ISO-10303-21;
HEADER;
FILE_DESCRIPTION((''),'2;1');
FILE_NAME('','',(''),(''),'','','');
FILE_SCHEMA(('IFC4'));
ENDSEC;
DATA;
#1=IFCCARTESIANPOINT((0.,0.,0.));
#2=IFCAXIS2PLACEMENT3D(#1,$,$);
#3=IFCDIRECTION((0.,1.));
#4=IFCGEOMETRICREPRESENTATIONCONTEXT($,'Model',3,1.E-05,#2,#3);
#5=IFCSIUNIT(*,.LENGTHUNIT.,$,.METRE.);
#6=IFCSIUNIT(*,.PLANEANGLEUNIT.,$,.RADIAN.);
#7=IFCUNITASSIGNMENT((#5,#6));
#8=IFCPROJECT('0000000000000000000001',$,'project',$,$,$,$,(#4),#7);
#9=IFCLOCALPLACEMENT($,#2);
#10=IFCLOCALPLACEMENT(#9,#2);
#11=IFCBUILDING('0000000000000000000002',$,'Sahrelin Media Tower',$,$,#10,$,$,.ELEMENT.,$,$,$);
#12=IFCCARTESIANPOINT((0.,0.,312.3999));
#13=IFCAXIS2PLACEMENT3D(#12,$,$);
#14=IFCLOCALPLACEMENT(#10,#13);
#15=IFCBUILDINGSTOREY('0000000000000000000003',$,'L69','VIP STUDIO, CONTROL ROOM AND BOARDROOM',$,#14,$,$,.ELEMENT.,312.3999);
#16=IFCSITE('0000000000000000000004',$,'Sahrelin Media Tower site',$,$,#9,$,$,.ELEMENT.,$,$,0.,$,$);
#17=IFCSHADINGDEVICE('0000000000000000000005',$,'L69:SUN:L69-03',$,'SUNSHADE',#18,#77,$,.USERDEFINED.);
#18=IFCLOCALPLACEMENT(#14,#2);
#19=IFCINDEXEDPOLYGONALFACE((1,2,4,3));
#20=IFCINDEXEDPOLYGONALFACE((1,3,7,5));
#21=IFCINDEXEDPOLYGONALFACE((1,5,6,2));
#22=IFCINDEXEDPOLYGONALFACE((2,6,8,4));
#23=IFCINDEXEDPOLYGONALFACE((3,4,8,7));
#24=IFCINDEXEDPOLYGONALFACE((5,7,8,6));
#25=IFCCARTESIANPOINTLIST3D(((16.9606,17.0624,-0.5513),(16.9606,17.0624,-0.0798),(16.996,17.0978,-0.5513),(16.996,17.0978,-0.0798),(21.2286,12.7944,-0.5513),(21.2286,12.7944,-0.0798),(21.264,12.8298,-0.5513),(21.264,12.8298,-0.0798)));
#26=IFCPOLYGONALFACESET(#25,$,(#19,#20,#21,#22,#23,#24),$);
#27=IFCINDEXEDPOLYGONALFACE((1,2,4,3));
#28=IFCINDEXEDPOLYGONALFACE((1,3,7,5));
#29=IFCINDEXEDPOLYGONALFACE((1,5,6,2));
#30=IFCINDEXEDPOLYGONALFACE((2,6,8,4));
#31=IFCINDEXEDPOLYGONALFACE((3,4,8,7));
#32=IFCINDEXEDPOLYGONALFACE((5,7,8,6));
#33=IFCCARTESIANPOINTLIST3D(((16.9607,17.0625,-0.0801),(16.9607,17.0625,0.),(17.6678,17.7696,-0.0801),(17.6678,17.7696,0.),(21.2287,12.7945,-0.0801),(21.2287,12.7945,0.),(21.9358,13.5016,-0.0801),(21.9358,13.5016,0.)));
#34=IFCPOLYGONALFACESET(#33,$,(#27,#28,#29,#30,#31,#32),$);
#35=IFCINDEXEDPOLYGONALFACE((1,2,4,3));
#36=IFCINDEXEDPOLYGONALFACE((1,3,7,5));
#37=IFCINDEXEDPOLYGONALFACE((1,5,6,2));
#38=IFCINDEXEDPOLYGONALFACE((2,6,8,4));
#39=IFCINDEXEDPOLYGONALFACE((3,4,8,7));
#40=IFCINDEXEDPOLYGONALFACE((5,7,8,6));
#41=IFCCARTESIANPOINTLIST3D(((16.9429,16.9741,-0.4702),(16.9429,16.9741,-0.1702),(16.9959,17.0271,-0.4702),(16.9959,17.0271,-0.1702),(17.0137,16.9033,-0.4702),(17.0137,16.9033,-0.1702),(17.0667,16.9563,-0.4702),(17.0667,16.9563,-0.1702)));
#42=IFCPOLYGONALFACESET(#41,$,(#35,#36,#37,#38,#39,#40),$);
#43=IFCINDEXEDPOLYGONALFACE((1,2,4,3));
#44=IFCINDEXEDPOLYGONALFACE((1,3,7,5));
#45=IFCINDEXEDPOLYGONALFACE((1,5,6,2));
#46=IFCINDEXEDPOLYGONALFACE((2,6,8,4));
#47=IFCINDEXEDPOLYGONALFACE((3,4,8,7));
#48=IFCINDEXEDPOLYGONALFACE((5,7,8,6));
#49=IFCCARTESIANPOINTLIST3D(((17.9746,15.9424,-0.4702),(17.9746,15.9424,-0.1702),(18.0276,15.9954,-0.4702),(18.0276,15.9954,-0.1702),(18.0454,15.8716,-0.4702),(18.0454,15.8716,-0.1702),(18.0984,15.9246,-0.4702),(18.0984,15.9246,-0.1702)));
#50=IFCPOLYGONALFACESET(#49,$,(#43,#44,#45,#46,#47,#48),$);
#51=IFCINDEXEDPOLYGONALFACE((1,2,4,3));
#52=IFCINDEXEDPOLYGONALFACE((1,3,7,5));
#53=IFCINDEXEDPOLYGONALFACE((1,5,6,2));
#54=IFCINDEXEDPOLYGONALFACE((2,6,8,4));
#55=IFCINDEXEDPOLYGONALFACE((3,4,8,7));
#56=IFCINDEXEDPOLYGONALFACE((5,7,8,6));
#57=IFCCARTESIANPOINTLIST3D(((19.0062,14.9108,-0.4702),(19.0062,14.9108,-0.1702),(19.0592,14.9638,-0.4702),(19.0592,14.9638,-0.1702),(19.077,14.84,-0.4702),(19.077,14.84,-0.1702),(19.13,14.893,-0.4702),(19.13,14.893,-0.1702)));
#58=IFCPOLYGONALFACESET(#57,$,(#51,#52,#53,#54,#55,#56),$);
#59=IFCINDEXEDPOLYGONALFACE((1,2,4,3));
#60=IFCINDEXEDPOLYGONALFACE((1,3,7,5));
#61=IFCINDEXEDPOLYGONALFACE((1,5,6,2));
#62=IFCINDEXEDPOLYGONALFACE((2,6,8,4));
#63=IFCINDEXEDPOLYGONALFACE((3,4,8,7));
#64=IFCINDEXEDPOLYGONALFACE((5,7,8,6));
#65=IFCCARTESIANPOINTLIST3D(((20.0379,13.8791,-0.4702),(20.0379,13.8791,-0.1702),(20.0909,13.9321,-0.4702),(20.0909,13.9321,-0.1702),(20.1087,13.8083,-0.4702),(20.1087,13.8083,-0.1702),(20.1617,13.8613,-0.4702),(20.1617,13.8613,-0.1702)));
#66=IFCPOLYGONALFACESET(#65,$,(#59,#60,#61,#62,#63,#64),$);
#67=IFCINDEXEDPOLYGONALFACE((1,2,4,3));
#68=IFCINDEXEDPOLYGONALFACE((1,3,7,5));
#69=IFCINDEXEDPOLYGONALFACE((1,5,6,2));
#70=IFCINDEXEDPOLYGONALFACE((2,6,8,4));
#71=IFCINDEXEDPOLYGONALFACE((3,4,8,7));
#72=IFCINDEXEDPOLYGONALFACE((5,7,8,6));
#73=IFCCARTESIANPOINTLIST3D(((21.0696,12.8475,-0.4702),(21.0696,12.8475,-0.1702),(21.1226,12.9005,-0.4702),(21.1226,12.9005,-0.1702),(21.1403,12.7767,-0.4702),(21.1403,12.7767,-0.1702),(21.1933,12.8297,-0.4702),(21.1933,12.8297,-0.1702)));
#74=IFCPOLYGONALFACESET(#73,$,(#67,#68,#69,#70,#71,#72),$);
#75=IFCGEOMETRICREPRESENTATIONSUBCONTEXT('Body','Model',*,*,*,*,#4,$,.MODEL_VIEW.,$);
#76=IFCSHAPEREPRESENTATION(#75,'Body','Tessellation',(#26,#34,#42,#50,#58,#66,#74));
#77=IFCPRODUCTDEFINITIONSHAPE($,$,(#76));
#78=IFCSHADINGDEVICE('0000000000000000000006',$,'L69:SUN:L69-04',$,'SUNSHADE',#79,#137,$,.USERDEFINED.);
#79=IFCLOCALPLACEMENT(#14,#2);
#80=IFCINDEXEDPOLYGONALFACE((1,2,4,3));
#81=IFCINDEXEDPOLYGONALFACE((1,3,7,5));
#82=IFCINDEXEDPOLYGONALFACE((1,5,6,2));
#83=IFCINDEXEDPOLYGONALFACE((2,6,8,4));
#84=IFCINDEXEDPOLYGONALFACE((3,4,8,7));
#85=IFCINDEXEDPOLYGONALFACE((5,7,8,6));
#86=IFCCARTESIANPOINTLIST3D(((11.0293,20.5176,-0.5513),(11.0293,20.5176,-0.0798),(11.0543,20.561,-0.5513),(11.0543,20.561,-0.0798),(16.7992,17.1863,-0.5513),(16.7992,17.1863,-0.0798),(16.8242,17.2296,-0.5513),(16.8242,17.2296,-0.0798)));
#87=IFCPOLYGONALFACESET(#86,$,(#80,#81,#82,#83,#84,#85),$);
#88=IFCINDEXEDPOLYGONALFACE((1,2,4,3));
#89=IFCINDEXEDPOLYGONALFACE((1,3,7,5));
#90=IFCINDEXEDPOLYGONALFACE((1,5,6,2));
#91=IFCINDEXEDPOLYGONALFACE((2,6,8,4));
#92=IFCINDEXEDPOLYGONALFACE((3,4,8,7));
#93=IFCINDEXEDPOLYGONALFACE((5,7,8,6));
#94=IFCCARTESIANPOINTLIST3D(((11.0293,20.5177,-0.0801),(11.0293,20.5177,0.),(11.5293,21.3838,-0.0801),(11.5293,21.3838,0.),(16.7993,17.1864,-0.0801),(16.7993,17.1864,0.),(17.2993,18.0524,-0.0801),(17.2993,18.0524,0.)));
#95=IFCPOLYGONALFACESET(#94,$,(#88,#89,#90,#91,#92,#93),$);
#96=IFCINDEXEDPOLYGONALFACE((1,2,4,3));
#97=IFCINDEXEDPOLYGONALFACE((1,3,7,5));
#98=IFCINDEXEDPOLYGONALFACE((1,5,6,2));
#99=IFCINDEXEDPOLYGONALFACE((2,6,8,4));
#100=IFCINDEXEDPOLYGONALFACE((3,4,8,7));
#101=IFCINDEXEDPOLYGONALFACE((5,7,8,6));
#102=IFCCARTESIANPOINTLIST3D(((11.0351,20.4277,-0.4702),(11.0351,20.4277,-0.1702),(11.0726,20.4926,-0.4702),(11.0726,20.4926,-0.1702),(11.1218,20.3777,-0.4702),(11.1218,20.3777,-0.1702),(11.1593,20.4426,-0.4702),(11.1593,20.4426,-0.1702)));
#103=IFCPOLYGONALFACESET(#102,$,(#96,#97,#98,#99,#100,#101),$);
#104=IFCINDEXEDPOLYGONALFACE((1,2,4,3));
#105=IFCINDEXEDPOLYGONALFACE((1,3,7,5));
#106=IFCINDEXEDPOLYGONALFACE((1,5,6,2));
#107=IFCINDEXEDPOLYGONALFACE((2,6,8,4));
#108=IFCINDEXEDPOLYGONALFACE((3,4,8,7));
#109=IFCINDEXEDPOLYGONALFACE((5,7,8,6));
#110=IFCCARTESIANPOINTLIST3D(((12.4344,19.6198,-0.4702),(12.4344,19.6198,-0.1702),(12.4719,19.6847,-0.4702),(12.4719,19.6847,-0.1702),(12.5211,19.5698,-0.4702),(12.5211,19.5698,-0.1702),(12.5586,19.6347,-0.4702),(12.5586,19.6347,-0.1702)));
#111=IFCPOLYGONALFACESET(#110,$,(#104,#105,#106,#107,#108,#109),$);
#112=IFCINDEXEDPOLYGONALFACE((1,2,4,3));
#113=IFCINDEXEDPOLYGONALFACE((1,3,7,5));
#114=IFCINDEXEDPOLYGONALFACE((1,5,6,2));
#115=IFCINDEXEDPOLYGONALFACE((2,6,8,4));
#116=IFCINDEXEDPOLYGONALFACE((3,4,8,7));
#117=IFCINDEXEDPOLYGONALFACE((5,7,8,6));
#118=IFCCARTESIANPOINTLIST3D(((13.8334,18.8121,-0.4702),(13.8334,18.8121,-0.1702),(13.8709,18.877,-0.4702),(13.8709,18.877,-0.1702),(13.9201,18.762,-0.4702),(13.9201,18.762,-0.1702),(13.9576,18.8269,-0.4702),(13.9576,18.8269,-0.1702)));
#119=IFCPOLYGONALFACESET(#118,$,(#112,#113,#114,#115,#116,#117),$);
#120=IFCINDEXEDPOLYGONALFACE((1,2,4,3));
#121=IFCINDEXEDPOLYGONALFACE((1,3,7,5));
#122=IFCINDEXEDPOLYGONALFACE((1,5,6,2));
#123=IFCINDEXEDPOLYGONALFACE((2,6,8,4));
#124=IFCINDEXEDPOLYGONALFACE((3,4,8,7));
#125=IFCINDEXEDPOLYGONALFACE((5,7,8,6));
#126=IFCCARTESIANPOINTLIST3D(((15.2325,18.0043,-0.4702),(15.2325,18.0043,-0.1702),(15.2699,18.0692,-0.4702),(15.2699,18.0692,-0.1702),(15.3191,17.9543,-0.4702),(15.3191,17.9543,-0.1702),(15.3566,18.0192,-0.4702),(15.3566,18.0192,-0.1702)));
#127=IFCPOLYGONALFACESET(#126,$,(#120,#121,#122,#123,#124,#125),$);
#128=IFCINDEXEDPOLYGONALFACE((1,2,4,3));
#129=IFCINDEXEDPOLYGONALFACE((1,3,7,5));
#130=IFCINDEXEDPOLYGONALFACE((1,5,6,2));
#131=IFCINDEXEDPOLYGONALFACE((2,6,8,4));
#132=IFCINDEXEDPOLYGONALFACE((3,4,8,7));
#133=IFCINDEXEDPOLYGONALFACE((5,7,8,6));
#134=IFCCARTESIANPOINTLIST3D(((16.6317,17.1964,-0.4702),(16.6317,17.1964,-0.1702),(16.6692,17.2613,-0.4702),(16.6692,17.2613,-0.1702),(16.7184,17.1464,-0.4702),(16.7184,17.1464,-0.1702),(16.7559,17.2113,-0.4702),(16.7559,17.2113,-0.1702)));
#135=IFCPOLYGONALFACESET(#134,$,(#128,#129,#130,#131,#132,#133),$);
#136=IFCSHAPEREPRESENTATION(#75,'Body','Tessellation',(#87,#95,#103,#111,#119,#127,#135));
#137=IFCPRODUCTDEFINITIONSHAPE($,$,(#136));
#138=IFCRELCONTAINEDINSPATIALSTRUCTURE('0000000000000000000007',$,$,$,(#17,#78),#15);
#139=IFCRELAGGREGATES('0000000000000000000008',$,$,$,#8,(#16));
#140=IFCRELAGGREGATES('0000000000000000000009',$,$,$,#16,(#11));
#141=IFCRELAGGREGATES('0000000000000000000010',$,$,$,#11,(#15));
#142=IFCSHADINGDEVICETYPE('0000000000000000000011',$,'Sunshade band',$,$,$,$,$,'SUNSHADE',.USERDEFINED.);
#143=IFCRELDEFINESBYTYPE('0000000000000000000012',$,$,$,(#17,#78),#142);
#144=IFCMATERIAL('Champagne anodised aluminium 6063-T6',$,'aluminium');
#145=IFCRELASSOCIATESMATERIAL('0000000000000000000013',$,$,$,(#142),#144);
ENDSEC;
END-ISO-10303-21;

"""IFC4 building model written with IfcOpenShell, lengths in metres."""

from ifc_helpers import new_model, si_unit, direction, frame, origin, origin_2d, place, context, subcontext, project, spatial, rectangle, extrude, material, type_object, element, save


model = new_model("IFC4")

# Units and contexts
model_context = context("Model", 3, precision=1e-05, world=origin(), true_north=direction((0.0, 1.0)))
body_context = subcontext(model_context, "Body", "Model", "MODEL_VIEW")
ifc_project = project(units=[si_unit("LENGTHUNIT", "METRE"), si_unit("PLANEANGLEUNIT", "RADIAN")], contexts=[model_context])

# Site, building, storey
site_placement = place(None, origin())
site = spatial("IfcSite", under=ifc_project, at=site_placement, Name="Sahrelin Media Tower site", CompositionType="ELEMENT", RefElevation=0.0)
building_placement = place(site_placement, origin())
building = spatial("IfcBuilding", under=site, at=building_placement, Name="Sahrelin Media Tower", CompositionType="ELEMENT")
storey_placement = place(building_placement, frame((0.0, 0.0, 312.3999)))
storey = spatial("IfcBuildingStorey", under=building, at=storey_placement, Name="L69", Description="VIP STUDIO, CONTROL ROOM AND BOARDROOM", CompositionType="ELEMENT", Elevation=312.3999)

# Shared definitions
ifc_material_1 = material(Name="Champagne anodised aluminium 6063-T6", Category="aluminium")

# Shading devices
placement_1 = place(storey_placement, frame((19.0806, 14.9143, 0.0), z_axis=(0.0, 0.0, 1.0), x_axis=(0.707107, -0.707107, 0.0)))
placement_2 = place(storey_placement, frame((13.9043, 18.8347, 0.0), z_axis=(0.0, 0.0, 1.0), x_axis=(0.866019, -0.500011, 0.0)))
shading_device_type_1 = type_object("IfcShadingDeviceType", Name="Sunshade band", ElementType="SUNSHADE", PredefinedType="USERDEFINED", material=ifc_material_1)
element("IfcShadingDevice", 1, at=placement_1, inside=storey, type_object=shading_device_type_1, Name="L69:SUN:L69-03", ObjectType="SUNSHADE", PredefinedType="USERDEFINED", context=body_context, shape_type="SweptSolid", body=[
    extrude(rectangle(XDim=6.0359, YDim=0.05, at=origin_2d()), frame((0.0, 0.0449, -0.5513)), (0.0, 0.0, 1.0), 0.4714),
    extrude(rectangle(XDim=6.0359, YDim=1.0, at=origin_2d()), frame((0.0, 0.52, -0.0801)), (0.0, 0.0, 1.0), 0.0801),
    extrude(rectangle(XDim=0.1001, YDim=0.075, at=origin_2d()), frame((-2.918, -0.0176, -0.4702)), (0.0, 0.0, 1.0), 0.3),
    extrude(rectangle(XDim=0.1001, YDim=0.075, at=origin_2d()), frame((-1.459, -0.0176, -0.4702)), (0.0, 0.0, 1.0), 0.3),
    extrude(rectangle(XDim=0.1001, YDim=0.075, at=origin_2d()), frame((0.0, -0.0176, -0.4702)), (0.0, 0.0, 1.0), 0.3),
    extrude(rectangle(XDim=0.1001, YDim=0.075, at=origin_2d()), frame((1.459, -0.0176, -0.4702)), (0.0, 0.0, 1.0), 0.3),
    extrude(rectangle(XDim=0.1001, YDim=0.075, at=origin_2d()), frame((2.918, -0.0176, -0.4702)), (0.0, 0.0, 1.0), 0.3),
])
element("IfcShadingDevice", 2, at=placement_2, inside=storey, type_object=shading_device_type_1, Name="L69:SUN:L69-04", ObjectType="SUNSHADE", PredefinedType="USERDEFINED", context=body_context, shape_type="SweptSolid", body=[
    extrude(rectangle(XDim=6.6626, YDim=0.05, at=origin_2d()), frame((0.0, 0.0449, -0.5513)), (0.0, 0.0, 1.0), 0.4714),
    extrude(rectangle(XDim=6.6626, YDim=1.0, at=origin_2d()), frame((0.0, 0.52, -0.0801)), (0.0, 0.0, 1.0), 0.0801),
    extrude(rectangle(XDim=0.1001, YDim=0.075, at=origin_2d()), frame((-3.2312, -0.0176, -0.4702)), (0.0, 0.0, 1.0), 0.3),
    extrude(rectangle(XDim=0.1001, YDim=0.075, at=origin_2d()), frame((-1.6155, -0.0176, -0.4702)), (0.0, 0.0, 1.0), 0.3),
    extrude(rectangle(XDim=0.1001, YDim=0.075, at=origin_2d()), frame((0.0, -0.0176, -0.4702)), (0.0, 0.0, 1.0), 0.3),
    extrude(rectangle(XDim=0.1001, YDim=0.075, at=origin_2d()), frame((1.6155, -0.0176, -0.4702)), (0.0, 0.0, 1.0), 0.3),
    extrude(rectangle(XDim=0.1001, YDim=0.075, at=origin_2d()), frame((3.2312, -0.0176, -0.4702)), (0.0, 0.0, 1.0), 0.3),
])

save(model, "model.ifc")
